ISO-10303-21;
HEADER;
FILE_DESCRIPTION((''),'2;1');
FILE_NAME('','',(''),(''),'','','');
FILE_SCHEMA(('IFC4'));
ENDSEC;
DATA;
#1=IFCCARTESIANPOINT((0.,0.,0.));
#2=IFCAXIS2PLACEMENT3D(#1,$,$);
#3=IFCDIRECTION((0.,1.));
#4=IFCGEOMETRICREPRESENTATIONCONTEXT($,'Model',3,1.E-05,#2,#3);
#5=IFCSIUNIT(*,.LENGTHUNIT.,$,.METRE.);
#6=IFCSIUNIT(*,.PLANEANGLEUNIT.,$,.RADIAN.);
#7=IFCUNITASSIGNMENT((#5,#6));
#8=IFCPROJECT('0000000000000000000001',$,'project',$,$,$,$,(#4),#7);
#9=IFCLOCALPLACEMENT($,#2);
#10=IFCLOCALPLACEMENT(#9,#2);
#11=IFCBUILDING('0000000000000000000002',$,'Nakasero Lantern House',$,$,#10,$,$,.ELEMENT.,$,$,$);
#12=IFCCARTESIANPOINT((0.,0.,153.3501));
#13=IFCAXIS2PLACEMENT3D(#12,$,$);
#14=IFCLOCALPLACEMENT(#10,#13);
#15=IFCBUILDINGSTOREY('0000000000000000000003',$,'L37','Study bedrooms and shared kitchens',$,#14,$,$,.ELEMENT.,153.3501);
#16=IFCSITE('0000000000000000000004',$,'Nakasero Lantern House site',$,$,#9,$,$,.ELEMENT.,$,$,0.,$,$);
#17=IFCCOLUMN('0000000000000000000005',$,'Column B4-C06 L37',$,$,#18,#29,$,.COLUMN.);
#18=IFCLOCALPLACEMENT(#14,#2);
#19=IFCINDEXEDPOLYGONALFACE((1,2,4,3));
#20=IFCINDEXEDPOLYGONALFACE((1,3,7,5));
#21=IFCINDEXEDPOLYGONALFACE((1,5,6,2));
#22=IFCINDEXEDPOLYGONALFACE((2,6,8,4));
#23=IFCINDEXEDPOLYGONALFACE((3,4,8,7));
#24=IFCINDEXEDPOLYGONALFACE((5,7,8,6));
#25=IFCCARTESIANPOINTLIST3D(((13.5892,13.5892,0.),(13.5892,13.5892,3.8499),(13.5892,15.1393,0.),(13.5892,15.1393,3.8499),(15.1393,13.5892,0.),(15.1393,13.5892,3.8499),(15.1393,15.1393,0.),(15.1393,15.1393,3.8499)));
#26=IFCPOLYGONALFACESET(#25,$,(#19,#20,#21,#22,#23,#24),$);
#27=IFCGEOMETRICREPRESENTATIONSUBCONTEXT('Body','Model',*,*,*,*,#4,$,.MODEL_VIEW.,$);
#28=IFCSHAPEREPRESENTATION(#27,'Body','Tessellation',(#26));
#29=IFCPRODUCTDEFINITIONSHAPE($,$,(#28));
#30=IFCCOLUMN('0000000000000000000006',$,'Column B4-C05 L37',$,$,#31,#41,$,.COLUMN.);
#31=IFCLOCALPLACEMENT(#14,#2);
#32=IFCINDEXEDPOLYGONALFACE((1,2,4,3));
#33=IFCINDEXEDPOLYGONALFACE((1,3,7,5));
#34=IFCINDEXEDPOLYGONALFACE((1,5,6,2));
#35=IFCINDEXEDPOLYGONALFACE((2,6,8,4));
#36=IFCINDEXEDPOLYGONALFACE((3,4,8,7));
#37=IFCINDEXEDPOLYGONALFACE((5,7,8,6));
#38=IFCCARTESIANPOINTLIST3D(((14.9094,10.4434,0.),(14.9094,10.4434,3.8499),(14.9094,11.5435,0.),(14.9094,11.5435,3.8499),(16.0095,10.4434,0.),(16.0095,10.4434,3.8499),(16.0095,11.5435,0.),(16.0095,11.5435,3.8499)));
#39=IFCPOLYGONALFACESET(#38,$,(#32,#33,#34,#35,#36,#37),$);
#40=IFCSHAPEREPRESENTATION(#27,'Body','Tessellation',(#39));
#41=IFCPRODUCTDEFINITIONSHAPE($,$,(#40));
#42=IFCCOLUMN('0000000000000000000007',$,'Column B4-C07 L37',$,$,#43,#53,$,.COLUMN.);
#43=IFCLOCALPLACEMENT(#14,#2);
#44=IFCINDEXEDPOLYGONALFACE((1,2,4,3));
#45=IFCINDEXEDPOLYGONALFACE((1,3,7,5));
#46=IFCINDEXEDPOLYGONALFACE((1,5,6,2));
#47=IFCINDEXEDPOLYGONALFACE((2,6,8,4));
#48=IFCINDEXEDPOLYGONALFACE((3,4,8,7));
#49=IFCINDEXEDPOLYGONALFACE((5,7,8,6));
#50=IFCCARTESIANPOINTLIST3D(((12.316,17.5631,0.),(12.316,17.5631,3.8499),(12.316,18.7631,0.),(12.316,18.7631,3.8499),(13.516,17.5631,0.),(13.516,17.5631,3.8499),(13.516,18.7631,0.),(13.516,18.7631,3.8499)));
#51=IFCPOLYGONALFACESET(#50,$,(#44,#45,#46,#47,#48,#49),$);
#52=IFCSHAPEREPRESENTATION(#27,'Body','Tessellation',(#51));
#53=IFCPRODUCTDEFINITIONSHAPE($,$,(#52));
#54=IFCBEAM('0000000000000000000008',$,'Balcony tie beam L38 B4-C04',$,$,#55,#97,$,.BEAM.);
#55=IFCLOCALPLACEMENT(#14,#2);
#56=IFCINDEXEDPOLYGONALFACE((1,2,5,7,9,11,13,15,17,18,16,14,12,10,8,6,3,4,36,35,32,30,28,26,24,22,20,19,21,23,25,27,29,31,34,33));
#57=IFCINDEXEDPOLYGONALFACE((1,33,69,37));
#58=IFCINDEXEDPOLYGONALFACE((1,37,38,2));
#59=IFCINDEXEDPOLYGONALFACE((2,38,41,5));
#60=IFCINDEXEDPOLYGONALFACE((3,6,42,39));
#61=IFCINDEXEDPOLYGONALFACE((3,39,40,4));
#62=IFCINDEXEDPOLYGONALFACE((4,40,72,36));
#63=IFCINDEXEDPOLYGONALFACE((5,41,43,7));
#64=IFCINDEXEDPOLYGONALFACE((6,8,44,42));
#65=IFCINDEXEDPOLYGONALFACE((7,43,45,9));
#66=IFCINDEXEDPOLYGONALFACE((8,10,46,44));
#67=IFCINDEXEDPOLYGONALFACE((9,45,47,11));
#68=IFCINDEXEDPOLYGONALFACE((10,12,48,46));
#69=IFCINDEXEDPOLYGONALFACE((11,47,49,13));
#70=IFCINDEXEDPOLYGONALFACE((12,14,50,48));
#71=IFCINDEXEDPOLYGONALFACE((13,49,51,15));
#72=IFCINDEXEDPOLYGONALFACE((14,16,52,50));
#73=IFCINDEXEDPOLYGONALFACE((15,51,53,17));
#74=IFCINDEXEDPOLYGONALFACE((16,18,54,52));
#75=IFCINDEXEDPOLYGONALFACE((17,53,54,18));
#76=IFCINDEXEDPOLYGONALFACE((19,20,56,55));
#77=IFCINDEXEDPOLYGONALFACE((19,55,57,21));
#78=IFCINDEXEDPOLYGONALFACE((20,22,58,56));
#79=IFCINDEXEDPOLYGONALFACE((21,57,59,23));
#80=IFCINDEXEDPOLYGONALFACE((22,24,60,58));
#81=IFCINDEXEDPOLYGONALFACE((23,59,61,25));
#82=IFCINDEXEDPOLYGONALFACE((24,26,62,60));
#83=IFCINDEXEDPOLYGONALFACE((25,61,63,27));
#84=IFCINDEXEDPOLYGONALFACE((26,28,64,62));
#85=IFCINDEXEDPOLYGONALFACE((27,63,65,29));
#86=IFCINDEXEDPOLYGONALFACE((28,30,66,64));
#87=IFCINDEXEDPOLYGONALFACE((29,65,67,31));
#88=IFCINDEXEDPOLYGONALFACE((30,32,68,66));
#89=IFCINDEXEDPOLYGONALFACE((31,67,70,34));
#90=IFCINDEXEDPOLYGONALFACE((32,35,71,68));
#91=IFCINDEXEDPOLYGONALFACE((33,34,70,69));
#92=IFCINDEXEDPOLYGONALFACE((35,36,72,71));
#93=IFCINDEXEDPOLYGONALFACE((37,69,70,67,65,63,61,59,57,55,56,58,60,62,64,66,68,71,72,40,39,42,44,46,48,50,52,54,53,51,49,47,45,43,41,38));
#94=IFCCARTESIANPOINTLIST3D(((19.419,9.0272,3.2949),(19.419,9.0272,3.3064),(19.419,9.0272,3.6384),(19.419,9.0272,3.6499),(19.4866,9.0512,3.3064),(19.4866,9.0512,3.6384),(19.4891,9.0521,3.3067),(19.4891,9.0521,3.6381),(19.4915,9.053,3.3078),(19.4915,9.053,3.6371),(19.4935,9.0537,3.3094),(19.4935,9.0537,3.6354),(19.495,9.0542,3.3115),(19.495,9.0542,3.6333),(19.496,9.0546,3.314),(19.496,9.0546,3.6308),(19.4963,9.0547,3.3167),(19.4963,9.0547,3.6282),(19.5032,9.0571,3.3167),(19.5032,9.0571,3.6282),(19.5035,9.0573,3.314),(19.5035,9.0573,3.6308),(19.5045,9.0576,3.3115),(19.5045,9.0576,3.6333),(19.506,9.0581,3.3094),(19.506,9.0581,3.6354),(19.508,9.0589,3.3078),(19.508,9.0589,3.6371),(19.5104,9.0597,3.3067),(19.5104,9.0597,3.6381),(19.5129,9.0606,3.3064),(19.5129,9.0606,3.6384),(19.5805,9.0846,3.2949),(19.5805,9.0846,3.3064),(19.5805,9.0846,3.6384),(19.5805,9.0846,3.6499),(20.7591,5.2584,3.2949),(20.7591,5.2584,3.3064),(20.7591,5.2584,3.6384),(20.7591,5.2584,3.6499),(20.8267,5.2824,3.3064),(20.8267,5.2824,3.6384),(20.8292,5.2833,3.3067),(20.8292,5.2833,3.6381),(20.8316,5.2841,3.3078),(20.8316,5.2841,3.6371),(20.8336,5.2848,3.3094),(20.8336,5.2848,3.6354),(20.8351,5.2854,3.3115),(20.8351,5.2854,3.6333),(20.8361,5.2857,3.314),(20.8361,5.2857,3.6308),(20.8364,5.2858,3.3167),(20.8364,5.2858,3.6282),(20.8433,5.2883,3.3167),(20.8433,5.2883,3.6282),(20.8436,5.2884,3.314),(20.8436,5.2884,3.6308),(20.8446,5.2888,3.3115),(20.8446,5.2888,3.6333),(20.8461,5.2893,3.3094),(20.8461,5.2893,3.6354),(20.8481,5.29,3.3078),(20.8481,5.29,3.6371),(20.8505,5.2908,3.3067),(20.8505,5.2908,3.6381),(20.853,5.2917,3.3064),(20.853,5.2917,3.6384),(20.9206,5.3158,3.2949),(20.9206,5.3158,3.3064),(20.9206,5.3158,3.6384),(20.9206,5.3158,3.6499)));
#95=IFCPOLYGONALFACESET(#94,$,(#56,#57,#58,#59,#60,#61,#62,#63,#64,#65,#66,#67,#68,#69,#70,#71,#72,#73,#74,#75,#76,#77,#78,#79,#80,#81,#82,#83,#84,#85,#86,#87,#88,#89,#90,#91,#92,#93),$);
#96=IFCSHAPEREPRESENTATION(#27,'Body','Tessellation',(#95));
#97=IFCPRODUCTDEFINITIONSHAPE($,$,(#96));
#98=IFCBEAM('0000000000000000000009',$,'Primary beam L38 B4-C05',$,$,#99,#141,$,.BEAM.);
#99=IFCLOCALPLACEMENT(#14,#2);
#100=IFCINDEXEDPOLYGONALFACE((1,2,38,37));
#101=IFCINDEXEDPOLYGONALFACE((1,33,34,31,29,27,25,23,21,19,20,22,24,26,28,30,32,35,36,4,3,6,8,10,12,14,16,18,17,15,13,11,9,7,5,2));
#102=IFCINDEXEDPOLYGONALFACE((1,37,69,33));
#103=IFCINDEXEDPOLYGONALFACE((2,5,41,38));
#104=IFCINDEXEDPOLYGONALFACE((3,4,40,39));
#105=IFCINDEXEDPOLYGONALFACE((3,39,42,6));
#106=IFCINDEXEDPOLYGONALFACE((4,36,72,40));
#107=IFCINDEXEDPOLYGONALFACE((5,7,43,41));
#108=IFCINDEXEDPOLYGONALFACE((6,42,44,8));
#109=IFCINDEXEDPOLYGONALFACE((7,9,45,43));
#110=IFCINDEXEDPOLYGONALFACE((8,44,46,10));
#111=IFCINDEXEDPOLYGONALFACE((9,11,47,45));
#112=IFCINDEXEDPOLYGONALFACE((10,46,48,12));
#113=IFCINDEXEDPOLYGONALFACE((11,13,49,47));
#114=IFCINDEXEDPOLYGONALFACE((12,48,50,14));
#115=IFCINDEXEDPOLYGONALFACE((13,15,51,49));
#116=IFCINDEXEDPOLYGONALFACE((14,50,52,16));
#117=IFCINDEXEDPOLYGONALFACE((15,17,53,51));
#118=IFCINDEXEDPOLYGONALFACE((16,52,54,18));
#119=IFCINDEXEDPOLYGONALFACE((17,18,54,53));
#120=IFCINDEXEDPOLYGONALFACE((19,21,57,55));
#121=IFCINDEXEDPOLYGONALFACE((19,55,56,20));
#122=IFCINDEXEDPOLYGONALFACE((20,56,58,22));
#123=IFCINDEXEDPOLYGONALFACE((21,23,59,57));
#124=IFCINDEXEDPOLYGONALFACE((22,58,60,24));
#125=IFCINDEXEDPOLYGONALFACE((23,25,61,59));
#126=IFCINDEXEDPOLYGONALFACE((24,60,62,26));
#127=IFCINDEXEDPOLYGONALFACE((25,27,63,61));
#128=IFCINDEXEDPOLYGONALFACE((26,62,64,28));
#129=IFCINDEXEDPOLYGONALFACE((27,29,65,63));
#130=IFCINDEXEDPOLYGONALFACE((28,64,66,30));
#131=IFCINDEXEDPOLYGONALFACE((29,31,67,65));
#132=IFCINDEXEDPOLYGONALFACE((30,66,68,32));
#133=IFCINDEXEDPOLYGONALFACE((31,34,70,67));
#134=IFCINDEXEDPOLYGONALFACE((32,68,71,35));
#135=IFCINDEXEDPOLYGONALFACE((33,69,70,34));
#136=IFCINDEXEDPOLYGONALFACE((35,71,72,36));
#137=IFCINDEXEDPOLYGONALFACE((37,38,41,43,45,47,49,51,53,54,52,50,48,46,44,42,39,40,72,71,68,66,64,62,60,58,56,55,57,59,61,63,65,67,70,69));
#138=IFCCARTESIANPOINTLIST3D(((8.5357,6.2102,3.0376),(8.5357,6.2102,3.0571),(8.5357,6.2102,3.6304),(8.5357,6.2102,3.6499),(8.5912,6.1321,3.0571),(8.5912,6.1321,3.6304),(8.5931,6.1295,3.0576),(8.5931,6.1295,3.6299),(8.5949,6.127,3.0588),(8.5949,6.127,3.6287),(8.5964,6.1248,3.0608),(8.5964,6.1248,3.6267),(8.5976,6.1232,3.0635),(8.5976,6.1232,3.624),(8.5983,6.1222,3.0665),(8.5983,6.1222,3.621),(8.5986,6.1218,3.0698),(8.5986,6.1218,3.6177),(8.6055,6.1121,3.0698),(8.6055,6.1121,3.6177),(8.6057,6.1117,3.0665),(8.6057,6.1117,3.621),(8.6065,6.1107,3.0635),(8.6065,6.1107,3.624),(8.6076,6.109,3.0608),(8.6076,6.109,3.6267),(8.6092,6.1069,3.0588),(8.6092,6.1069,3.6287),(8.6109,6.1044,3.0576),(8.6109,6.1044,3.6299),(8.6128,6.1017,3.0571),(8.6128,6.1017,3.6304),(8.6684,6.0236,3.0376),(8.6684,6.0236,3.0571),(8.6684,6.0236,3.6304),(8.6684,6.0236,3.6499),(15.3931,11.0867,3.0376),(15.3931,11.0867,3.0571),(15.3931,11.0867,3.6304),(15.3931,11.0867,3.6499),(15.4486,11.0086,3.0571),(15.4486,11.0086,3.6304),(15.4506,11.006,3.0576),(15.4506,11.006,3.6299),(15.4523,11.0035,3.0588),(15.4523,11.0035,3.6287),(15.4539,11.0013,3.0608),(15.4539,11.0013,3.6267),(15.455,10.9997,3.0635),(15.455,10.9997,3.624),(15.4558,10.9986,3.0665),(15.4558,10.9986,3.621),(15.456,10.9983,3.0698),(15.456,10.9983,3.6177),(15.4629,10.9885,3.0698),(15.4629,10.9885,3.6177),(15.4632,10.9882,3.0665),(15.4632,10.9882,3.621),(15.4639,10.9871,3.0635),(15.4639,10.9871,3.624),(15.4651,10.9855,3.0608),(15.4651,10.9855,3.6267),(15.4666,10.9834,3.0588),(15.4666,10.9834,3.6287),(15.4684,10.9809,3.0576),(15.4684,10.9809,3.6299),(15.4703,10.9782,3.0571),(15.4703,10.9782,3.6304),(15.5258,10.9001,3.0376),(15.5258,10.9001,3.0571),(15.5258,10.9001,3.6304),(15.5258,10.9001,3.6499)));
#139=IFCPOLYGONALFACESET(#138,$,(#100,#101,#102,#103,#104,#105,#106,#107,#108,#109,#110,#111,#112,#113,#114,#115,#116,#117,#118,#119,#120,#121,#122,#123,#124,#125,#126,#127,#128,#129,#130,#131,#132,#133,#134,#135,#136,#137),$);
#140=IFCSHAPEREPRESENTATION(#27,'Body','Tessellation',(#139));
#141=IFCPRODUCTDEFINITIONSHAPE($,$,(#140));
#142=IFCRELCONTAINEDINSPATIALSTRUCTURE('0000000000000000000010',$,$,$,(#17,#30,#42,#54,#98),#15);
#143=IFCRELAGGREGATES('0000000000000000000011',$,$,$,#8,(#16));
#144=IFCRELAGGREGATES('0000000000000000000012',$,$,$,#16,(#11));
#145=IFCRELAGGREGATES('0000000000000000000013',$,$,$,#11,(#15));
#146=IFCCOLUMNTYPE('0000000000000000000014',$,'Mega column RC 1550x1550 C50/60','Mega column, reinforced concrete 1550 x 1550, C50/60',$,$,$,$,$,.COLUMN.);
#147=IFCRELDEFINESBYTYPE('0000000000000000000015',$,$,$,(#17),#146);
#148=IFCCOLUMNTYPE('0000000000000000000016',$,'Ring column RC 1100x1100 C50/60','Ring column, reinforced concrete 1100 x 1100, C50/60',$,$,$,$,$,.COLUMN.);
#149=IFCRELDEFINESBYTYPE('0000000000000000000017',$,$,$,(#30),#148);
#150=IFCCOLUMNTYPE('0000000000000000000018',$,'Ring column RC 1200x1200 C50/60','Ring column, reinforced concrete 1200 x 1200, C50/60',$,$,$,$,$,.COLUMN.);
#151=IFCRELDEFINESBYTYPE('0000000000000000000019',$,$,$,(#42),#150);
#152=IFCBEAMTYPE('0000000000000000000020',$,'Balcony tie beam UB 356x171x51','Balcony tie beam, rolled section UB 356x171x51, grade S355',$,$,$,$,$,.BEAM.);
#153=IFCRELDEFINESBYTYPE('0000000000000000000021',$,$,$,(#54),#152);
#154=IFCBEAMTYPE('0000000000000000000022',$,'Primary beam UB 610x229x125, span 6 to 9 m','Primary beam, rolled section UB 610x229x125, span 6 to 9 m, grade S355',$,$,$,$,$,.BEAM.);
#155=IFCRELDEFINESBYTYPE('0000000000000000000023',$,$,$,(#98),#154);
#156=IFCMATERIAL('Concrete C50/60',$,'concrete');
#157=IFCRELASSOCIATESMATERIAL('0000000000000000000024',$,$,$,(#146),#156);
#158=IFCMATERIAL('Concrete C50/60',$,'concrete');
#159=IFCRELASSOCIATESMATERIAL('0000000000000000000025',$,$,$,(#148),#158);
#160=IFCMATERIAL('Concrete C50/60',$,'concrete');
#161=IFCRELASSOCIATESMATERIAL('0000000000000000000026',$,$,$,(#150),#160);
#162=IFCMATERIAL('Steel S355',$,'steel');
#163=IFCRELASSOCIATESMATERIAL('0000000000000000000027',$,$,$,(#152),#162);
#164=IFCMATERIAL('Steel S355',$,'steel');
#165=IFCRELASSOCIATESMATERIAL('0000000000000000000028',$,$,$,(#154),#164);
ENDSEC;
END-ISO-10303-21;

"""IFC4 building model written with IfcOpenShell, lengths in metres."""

from ifc_helpers import new_model, si_unit, direction, frame, origin, origin_2d, place, context, subcontext, project, spatial, rectangle, i_section, extrude, material, material_profile, profile_set, type_object, element, save


model = new_model("IFC4")

# Units and contexts
model_context = context("Model", 3, precision=1e-05, world=origin(), true_north=direction((0.0, 1.0)))
body_context = subcontext(model_context, "Body", "Model", "MODEL_VIEW")
ifc_project = project(units=[si_unit("LENGTHUNIT", "METRE"), si_unit("PLANEANGLEUNIT", "RADIAN")], contexts=[model_context])

# Site, building, storey
site_placement = place(None, origin())
site = spatial("IfcSite", under=ifc_project, at=site_placement, Name="Nakasero Lantern House site", CompositionType="ELEMENT", RefElevation=0.0)
building_placement = place(site_placement, origin())
building = spatial("IfcBuilding", under=site, at=building_placement, Name="Nakasero Lantern House", CompositionType="ELEMENT")
storey_placement = place(building_placement, frame((0.0, 0.0, 153.3501)))
storey = spatial("IfcBuildingStorey", under=building, at=storey_placement, Name="L37", Description="Study bedrooms and shared kitchens", CompositionType="ELEMENT", Elevation=153.3501)

# Columns
ifc_material_1 = material(Name="Concrete C50/60", Category="concrete")
ifc_material_profile_1 = material_profile(ifc_material_1, rectangle(XDim=1.55, YDim=1.55, at=origin_2d()), Name="RC 1550x1550")
ifc_profile_set_1 = profile_set([ifc_material_profile_1], Name="Concrete C50/60")
column_type_1 = type_object("IfcColumnType", Name="Mega column RC 1550x1550 C50/60", Description="Mega column, reinforced concrete 1550 x 1550, C50/60", PredefinedType="COLUMN", material=ifc_profile_set_1)
column_1_placement = place(storey_placement, frame((14.3643, 14.3643, 0.0), z_axis=(0.0, 0.0, 1.0), x_axis=(1.0, 0.0, 0.0)))
element("IfcColumn", 1, at=column_1_placement, inside=storey, type_object=column_type_1, Name="Column B4-C06 L37", PredefinedType="COLUMN", context=body_context, shape_type="SweptSolid", body=[
    extrude(rectangle(XDim=1.55, YDim=1.55, at=origin_2d()), origin(), (0.0, 0.0, 1.0), 3.8499),
])
ifc_material_2 = material(Name="Concrete C50/60", Category="concrete")
ifc_material_profile_2 = material_profile(ifc_material_2, rectangle(XDim=1.1001, YDim=1.1001, at=origin_2d()), Name="RC 1100x1100")
ifc_profile_set_2 = profile_set([ifc_material_profile_2], Name="Concrete C50/60")
column_type_2 = type_object("IfcColumnType", Name="Ring column RC 1100x1100 C50/60", Description="Ring column, reinforced concrete 1100 x 1100, C50/60", PredefinedType="COLUMN", material=ifc_profile_set_2)
column_2_placement = place(storey_placement, frame((15.4595, 10.9934, 0.0), z_axis=(0.0, 0.0, 1.0), x_axis=(1.0, 0.0, 0.0)))
element("IfcColumn", 2, at=column_2_placement, inside=storey, type_object=column_type_2, Name="Column B4-C05 L37", PredefinedType="COLUMN", context=body_context, shape_type="SweptSolid", body=[
    extrude(rectangle(XDim=1.1001, YDim=1.1001, at=origin_2d()), origin(), (0.0, 0.0, 1.0), 3.8499),
])
ifc_material_3 = material(Name="Concrete C50/60", Category="concrete")
ifc_material_profile_3 = material_profile(ifc_material_3, rectangle(XDim=1.2, YDim=1.2, at=origin_2d()), Name="RC 1200x1200")
ifc_profile_set_3 = profile_set([ifc_material_profile_3], Name="Concrete C50/60")
column_type_3 = type_object("IfcColumnType", Name="Ring column RC 1200x1200 C50/60", Description="Ring column, reinforced concrete 1200 x 1200, C50/60", PredefinedType="COLUMN", material=ifc_profile_set_3)
column_3_placement = place(storey_placement, frame((12.916, 18.1631, 0.0), z_axis=(0.0, 0.0, 1.0), x_axis=(1.0, 0.0, 0.0)))
element("IfcColumn", 3, at=column_3_placement, inside=storey, type_object=column_type_3, Name="Column B4-C07 L37", PredefinedType="COLUMN", context=body_context, shape_type="SweptSolid", body=[
    extrude(rectangle(XDim=1.2, YDim=1.2, at=origin_2d()), origin(), (0.0, 0.0, 1.0), 3.8499),
])

# Beams
ifc_material_4 = material(Name="Steel S355", Category="steel")
ifc_material_profile_4 = material_profile(ifc_material_4, i_section(OverallWidth=0.1714, OverallDepth=0.355, WebThickness=0.0073, FlangeThickness=0.0115, FilletRadius=0.0103, at=origin_2d()), Name="UB 356x171x51")
ifc_profile_set_4 = profile_set([ifc_material_profile_4], Name="Steel S355")
beam_type_1 = type_object("IfcBeamType", Name="Balcony tie beam UB 356x171x51", Description="Balcony tie beam, rolled section UB 356x171x51, grade S355", PredefinedType="BEAM", material=ifc_profile_set_4)
beam_1_placement = place(storey_placement, frame((19.4998, 9.0559, 3.4724), z_axis=(0.335025, -0.942209, 0.0), x_axis=(0.942209, 0.335025, 0.0)))
element("IfcBeam", 4, at=beam_1_placement, inside=storey, type_object=beam_type_1, Name="Balcony tie beam L38 B4-C04", PredefinedType="BEAM", context=body_context, shape_type="SweptSolid", body=[
    extrude(i_section(OverallWidth=0.1714, OverallDepth=0.355, WebThickness=0.0073, FlangeThickness=0.0115, FilletRadius=0.0103, at=origin_2d()), origin(), (0.0, 0.0, 1.0), 4.0),
])
ifc_material_5 = material(Name="Steel S355", Category="steel")
ifc_material_profile_5 = material_profile(ifc_material_5, i_section(OverallWidth=0.229, OverallDepth=0.6123, WebThickness=0.012, FlangeThickness=0.0195, FilletRadius=0.0127, at=origin_2d()), Name="UB 610x229x125")
ifc_profile_set_5 = profile_set([ifc_material_profile_5], Name="Steel S355")
beam_type_2 = type_object("IfcBeamType", Name="Primary beam UB 610x229x125, span 6 to 9 m", Description="Primary beam, rolled section UB 610x229x125, span 6 to 9 m, grade S355", PredefinedType="BEAM", material=ifc_profile_set_5)
beam_2_placement = place(storey_placement, frame((15.4595, 10.9934, 3.3438), z_axis=(-0.814951, -0.57953, 0.0), x_axis=(0.57953, -0.814951, 0.0)))
element("IfcBeam", 5, at=beam_2_placement, inside=storey, type_object=beam_type_2, Name="Primary beam L38 B4-C05", PredefinedType="BEAM", context=body_context, shape_type="SweptSolid", body=[
    extrude(i_section(OverallWidth=0.229, OverallDepth=0.6123, WebThickness=0.012, FlangeThickness=0.0195, FilletRadius=0.0127, at=origin_2d()), origin(), (0.0, 0.0, 1.0), 8.4146),
])

save(model, "model.ifc")
